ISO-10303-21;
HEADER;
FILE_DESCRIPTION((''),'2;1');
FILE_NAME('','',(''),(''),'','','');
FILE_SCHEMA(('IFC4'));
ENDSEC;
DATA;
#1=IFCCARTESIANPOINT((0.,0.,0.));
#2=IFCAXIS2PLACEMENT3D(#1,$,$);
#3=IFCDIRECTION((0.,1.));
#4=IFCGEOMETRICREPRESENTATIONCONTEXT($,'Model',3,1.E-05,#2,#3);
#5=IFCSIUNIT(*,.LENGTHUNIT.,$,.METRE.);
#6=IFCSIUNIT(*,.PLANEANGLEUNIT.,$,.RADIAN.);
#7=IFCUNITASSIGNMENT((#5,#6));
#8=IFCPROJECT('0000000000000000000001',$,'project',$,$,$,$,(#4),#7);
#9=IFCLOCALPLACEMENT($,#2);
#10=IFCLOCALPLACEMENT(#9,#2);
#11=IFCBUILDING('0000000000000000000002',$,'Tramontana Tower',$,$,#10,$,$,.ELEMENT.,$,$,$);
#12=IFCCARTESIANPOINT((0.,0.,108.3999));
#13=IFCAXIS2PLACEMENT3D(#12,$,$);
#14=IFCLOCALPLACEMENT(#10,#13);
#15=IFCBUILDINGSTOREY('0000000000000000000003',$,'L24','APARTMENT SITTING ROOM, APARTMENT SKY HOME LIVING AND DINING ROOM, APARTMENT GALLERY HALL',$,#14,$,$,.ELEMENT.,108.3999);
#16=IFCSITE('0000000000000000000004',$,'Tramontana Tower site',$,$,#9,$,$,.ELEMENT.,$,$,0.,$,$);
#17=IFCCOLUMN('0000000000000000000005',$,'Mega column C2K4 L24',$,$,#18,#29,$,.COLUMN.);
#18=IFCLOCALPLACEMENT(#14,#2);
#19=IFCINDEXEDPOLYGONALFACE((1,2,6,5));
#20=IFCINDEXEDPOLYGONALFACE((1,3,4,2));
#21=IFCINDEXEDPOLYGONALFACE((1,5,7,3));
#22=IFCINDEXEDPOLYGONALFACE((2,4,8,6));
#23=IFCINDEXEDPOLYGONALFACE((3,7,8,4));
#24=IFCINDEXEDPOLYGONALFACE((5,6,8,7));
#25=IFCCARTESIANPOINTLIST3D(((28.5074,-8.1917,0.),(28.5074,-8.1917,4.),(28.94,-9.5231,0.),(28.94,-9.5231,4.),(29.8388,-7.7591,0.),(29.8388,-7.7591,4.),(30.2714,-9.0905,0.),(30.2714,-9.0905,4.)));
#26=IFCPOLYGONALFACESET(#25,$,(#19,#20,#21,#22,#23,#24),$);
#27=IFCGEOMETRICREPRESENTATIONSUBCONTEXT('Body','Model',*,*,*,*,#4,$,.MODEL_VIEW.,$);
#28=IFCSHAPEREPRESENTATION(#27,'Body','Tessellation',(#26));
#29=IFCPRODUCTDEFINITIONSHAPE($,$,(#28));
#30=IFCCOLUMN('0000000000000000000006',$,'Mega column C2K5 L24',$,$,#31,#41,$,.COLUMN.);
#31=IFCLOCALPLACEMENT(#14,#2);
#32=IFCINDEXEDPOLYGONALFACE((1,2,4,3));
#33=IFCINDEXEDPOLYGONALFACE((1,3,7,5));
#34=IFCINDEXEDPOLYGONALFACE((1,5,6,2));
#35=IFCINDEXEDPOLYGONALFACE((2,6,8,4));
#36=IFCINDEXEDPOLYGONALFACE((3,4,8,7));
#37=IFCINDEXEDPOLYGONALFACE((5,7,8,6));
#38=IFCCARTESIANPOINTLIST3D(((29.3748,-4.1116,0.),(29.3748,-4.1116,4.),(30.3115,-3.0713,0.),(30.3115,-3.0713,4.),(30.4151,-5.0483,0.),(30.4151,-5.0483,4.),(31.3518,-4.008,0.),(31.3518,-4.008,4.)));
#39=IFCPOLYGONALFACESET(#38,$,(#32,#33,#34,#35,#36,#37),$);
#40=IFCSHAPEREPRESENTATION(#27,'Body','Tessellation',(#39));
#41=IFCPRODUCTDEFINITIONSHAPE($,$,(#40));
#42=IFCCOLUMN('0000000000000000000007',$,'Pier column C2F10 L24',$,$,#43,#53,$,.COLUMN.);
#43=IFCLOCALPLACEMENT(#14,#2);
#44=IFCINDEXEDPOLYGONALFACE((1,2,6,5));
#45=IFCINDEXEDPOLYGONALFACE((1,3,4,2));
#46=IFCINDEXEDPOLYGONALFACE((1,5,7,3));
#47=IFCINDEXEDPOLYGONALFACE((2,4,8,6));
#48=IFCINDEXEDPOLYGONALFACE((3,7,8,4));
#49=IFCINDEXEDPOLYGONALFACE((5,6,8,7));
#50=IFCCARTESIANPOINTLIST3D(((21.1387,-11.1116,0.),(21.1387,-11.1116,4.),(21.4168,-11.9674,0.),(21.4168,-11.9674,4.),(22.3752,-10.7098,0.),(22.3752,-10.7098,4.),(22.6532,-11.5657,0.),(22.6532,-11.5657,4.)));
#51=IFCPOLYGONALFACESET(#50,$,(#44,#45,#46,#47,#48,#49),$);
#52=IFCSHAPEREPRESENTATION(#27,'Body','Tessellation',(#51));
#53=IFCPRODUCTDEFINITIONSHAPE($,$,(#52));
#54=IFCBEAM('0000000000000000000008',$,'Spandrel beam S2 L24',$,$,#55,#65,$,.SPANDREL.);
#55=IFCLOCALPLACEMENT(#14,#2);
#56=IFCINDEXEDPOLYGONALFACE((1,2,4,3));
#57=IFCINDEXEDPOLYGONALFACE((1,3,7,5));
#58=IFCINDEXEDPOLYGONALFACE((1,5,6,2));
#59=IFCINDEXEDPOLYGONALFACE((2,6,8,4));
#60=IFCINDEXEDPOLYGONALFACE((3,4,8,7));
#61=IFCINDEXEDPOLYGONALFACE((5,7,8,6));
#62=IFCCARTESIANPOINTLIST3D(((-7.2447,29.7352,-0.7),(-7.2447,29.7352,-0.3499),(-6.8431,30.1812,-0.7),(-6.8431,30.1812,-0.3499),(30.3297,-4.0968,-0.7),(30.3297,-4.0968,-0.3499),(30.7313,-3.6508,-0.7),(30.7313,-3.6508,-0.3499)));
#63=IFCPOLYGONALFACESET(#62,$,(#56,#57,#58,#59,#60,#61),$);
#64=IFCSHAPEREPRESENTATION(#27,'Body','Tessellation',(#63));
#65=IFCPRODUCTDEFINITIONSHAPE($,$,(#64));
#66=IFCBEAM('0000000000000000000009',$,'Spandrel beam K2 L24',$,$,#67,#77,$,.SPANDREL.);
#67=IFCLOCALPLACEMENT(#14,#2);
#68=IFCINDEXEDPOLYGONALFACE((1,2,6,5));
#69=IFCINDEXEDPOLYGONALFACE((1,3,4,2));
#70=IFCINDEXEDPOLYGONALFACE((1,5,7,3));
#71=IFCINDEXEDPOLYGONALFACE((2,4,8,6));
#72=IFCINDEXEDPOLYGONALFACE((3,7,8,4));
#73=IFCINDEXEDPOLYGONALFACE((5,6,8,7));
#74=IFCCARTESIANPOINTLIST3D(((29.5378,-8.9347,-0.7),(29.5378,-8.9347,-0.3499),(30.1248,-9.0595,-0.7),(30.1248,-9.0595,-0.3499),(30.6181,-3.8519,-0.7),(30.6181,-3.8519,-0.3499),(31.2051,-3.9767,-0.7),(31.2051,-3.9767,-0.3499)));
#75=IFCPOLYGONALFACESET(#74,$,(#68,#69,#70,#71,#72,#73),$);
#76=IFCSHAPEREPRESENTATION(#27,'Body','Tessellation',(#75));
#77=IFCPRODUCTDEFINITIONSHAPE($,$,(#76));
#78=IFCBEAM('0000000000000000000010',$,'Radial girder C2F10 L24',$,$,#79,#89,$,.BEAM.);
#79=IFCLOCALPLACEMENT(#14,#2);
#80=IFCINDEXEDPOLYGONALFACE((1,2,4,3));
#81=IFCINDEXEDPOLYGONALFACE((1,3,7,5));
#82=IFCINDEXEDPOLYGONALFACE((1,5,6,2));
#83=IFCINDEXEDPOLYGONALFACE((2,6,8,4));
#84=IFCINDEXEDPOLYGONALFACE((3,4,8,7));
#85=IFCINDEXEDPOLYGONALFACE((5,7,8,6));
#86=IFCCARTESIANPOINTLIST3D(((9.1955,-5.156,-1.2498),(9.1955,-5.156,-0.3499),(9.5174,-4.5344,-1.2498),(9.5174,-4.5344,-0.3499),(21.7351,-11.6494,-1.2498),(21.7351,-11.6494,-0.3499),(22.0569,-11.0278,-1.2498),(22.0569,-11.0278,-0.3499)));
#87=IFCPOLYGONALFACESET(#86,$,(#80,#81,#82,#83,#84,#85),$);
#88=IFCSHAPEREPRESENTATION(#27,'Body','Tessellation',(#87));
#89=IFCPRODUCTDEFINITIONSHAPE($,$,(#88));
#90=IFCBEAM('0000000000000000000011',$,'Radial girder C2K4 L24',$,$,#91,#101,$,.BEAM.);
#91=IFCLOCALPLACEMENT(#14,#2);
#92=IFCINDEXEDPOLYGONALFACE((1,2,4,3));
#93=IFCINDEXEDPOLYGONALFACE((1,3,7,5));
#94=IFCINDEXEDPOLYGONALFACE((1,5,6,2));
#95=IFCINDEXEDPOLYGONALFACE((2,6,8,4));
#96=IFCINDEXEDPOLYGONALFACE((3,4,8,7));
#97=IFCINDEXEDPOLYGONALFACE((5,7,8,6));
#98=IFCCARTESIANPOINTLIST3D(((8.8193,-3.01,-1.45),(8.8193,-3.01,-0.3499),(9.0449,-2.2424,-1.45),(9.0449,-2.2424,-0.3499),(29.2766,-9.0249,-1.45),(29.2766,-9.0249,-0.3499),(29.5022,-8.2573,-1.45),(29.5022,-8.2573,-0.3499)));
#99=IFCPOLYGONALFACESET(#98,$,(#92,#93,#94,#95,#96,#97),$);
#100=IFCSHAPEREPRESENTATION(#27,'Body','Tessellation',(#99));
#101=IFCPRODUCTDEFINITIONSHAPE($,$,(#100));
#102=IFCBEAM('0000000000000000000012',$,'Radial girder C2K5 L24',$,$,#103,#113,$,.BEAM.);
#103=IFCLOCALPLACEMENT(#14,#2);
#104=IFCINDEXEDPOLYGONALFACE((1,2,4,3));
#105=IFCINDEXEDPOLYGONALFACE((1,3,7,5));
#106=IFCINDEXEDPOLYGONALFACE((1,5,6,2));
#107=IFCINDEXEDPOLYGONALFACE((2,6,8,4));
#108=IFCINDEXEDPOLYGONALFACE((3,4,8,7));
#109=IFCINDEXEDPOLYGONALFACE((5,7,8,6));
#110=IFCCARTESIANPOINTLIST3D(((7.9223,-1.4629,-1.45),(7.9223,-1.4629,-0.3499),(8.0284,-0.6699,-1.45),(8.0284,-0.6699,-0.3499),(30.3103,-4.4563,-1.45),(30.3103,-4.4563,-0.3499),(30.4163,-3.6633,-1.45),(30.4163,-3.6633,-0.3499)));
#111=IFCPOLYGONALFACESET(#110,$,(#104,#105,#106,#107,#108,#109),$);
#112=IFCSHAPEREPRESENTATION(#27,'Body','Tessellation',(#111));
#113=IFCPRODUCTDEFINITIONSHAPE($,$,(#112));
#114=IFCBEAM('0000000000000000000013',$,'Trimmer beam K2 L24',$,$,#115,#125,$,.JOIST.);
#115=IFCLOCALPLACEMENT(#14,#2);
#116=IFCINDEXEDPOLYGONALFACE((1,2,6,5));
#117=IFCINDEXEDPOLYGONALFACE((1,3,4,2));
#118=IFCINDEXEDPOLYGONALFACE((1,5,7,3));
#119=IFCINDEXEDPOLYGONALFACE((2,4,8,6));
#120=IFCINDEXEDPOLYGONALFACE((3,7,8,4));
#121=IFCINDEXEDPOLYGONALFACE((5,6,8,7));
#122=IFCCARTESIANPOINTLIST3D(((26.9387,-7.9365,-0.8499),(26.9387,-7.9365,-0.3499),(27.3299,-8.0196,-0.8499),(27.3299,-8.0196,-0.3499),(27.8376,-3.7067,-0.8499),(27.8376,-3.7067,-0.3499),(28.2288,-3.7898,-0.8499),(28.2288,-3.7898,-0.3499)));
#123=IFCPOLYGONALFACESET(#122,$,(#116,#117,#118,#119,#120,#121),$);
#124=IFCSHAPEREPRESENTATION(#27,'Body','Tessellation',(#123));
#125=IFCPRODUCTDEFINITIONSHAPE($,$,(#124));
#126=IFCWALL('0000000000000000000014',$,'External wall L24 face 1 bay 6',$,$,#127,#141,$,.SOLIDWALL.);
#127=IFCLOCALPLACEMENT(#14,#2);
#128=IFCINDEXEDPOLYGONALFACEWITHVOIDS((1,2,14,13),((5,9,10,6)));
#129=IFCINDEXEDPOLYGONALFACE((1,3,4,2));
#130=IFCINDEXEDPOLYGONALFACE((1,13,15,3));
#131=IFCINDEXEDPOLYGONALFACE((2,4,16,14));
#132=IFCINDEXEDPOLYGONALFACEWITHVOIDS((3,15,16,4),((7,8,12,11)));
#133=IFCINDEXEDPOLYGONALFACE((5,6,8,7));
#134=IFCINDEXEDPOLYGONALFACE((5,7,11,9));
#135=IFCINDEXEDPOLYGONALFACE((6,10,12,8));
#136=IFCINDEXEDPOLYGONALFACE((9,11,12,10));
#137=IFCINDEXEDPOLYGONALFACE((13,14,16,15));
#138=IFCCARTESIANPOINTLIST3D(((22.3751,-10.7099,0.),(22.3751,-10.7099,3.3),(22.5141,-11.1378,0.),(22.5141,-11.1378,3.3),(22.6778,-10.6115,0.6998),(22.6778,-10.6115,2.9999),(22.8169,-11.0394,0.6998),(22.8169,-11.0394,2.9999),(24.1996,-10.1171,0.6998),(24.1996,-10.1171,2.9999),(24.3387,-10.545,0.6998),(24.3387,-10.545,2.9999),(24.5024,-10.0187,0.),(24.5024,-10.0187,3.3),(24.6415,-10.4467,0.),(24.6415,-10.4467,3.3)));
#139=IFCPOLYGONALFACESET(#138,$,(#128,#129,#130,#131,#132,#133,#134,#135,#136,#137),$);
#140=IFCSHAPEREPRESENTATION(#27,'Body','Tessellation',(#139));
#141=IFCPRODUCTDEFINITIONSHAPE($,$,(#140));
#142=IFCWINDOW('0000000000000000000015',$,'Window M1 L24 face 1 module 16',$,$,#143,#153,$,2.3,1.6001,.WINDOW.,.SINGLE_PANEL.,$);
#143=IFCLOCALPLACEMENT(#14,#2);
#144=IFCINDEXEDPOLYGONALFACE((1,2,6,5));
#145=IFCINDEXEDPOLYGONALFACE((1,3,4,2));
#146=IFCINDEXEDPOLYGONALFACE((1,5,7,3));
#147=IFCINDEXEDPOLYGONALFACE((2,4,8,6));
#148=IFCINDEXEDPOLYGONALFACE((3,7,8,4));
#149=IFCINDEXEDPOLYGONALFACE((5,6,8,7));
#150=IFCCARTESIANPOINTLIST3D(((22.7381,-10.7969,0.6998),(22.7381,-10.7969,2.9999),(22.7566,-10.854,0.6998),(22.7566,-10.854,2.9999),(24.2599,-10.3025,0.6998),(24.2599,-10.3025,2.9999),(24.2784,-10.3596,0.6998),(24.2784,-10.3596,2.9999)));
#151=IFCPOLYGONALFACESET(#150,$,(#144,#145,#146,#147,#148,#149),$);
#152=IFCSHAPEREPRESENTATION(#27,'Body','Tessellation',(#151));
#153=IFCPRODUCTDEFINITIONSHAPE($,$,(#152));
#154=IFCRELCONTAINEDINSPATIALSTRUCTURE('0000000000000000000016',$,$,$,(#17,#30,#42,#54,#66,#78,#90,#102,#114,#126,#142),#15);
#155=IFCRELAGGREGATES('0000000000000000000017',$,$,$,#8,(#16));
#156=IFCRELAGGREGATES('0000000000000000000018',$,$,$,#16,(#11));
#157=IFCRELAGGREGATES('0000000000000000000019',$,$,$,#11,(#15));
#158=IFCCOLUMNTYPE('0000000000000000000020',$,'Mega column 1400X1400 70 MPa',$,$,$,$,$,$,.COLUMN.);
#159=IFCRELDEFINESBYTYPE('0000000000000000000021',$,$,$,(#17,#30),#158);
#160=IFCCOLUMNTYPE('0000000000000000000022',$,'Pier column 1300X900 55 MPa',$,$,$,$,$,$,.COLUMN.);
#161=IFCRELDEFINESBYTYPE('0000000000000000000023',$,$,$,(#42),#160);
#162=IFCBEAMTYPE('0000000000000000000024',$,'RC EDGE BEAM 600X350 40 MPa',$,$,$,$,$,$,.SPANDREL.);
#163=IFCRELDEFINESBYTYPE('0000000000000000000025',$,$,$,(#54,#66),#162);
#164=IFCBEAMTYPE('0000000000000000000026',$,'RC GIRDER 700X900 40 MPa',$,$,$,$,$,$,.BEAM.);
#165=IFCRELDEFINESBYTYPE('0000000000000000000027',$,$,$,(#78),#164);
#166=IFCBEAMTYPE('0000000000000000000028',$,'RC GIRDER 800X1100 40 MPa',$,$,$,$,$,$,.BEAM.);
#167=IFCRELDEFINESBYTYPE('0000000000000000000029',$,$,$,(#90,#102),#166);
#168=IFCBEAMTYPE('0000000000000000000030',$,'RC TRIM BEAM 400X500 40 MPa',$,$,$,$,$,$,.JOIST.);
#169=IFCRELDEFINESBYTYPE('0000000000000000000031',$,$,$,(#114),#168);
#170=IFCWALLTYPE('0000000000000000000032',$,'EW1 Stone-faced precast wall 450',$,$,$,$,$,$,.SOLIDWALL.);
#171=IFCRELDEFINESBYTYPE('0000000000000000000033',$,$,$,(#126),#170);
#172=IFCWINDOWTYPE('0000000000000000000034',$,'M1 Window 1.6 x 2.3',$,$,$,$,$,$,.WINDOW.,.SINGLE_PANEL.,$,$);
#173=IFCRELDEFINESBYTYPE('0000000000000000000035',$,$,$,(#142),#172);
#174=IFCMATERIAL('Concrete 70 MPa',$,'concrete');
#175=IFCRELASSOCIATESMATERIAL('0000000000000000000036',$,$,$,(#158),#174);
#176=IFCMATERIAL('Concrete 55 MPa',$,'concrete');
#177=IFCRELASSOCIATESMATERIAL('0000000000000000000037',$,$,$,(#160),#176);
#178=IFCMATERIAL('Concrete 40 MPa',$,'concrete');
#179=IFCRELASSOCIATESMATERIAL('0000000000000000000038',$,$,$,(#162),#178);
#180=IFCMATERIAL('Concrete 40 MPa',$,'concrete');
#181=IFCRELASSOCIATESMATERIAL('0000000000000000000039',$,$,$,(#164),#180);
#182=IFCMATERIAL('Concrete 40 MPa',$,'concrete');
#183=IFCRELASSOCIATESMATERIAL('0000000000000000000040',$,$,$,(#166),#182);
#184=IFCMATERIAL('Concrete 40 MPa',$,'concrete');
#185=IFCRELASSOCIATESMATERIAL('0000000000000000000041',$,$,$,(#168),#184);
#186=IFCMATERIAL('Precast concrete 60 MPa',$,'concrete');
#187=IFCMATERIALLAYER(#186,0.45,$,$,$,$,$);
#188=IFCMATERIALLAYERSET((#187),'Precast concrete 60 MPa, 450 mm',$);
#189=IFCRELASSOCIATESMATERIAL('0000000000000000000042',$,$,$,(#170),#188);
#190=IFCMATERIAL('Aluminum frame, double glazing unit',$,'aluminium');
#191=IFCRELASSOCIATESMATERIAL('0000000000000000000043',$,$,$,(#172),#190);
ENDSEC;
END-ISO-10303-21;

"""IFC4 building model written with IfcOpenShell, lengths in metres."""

from ifc_helpers import new_model, si_unit, direction, frame, frame_2d, origin, origin_2d, place, context, subcontext, project, spatial, rectangle, extrude, material, layer, layer_set, material_profile, profile_set, type_object, element, fill, save


model = new_model("IFC4")

# Units and contexts
model_context = context("Model", 3, precision=1e-05, world=origin(), true_north=direction((0.0, 1.0)))
body_context = subcontext(model_context, "Body", "Model", "MODEL_VIEW")
ifc_project = project(units=[si_unit("LENGTHUNIT", "METRE"), si_unit("PLANEANGLEUNIT", "RADIAN")], contexts=[model_context])

# Site, building, storey
site_placement = place(None, origin())
site = spatial("IfcSite", under=ifc_project, at=site_placement, Name="Tramontana Tower site", CompositionType="ELEMENT", RefElevation=0.0)
building_placement = place(site_placement, origin())
building = spatial("IfcBuilding", under=site, at=building_placement, Name="Tramontana Tower", CompositionType="ELEMENT")
storey_placement = place(building_placement, frame((0.0, 0.0, 108.3999)))
storey = spatial("IfcBuildingStorey", under=building, at=storey_placement, Name="L24", Description="APARTMENT SITTING ROOM, APARTMENT SKY HOME LIVING AND DINING ROOM, APARTMENT GALLERY HALL", CompositionType="ELEMENT", Elevation=108.3999)

# Columns
ifc_material_1 = material(Name="Concrete 70 MPa", Category="concrete")
ifc_material_profile_1 = material_profile(ifc_material_1, rectangle(XDim=1.3999, YDim=1.3999, at=origin_2d()), Name="Mega column 1400X1400 70 MPa")
ifc_profile_set_1 = profile_set([ifc_material_profile_1], Name="Concrete 70 MPa")
column_type_1 = type_object("IfcColumnType", Name="Mega column 1400X1400 70 MPa", PredefinedType="COLUMN", material=ifc_profile_set_1)
for number, where, z_axis, x_axis, name in (
    (1, (29.3894, -8.6411, 0.0), (0.0, 0.0, 1.0), (0.951057, 0.309017, 0.0), "Mega column C2K4 L24"),
    (2, (30.3633, -4.0598, 0.0), (0.0, 0.0, 1.0), (-0.743145, 0.669131, 0.0), "Mega column C2K5 L24"),
):
    element("IfcColumn", number, at=place(storey_placement, frame(where, z_axis=z_axis, x_axis=x_axis)), inside=storey, type_object=column_type_1, Name=name, PredefinedType="COLUMN", context=body_context, shape_type="SweptSolid", body=[
        extrude(rectangle(XDim=1.3999, YDim=1.3999, at=origin_2d()), origin(), (0.0, 0.0, 1.0), 4.0),
    ])
ifc_material_2 = material(Name="Concrete 55 MPa", Category="concrete")
ifc_material_profile_2 = material_profile(ifc_material_2, rectangle(XDim=1.3, YDim=0.8999, at=origin_2d()), Name="Pier column 1300X900 55 MPa")
ifc_profile_set_2 = profile_set([ifc_material_profile_2], Name="Concrete 55 MPa")
column_type_2 = type_object("IfcColumnType", Name="Pier column 1300X900 55 MPa", PredefinedType="COLUMN", material=ifc_profile_set_2)
column_placement = place(storey_placement, frame((21.896, -11.3386, 0.0), z_axis=(0.0, 0.0, 1.0), x_axis=(0.951057, 0.309017, 0.0)))
element("IfcColumn", 3, at=column_placement, inside=storey, type_object=column_type_2, Name="Pier column C2F10 L24", PredefinedType="COLUMN", context=body_context, shape_type="SweptSolid", body=[
    extrude(rectangle(XDim=1.3, YDim=0.8999, at=origin_2d()), origin(), (0.0, 0.0, 1.0), 4.0),
])

# Beams
ifc_material_3 = material(Name="Concrete 40 MPa", Category="concrete")
ifc_material_profile_3 = material_profile(ifc_material_3, rectangle(XDim=0.6001, YDim=0.3501, at=origin_2d()), Name="RC EDGE BEAM 600X350 40 MPa")
ifc_profile_set_3 = profile_set([ifc_material_profile_3], Name="Concrete 40 MPa")
beam_type_1 = type_object("IfcBeamType", Name="RC EDGE BEAM 600X350 40 MPa", PredefinedType="SPANDREL", material=ifc_profile_set_3)
beam_1_placement = place(storey_placement, frame((30.5305, -3.8738, -0.5249), z_axis=(-0.743146, 0.669129, 0.0), x_axis=(-0.669129, -0.743146, 0.0)))
element("IfcBeam", 4, at=beam_1_placement, inside=storey, type_object=beam_type_1, Name="Spandrel beam S2 L24", PredefinedType="SPANDREL", context=body_context, shape_type="SweptSolid", body=[
    extrude(rectangle(XDim=0.6001, YDim=0.3501, at=origin_2d()), origin(), (0.0, 0.0, 1.0), 50.5613),
])
beam_2_placement = place(storey_placement, frame((29.8313, -8.9971, -0.5249), z_axis=(0.207902, 0.97815, 0.0), x_axis=(-0.97815, 0.207902, 0.0)))
element("IfcBeam", 5, at=beam_2_placement, inside=storey, type_object=beam_type_1, Name="Spandrel beam K2 L24", PredefinedType="SPANDREL", context=body_context, shape_type="SweptSolid", body=[
    extrude(rectangle(XDim=0.6001, YDim=0.3501, at=origin_2d()), origin(), (0.0, 0.0, 1.0), 5.1963),
])
ifc_material_4 = material(Name="Concrete 40 MPa", Category="concrete")
ifc_material_profile_4 = material_profile(ifc_material_4, rectangle(XDim=0.7, YDim=0.8999, at=origin_2d()), Name="RC GIRDER 700X900 40 MPa")
ifc_profile_set_4 = profile_set([ifc_material_profile_4], Name="Concrete 40 MPa")
beam_type_2 = type_object("IfcBeamType", Name="RC GIRDER 700X900 40 MPa", PredefinedType="BEAM", material=ifc_profile_set_4)
beam_3_placement = place(storey_placement, frame((21.896, -11.3386, -0.7998), z_axis=(-0.888003, 0.459838, 0.0), x_axis=(-0.459838, -0.888003, 0.0)))
element("IfcBeam", 6, at=beam_3_placement, inside=storey, type_object=beam_type_2, Name="Radial girder C2F10 L24", PredefinedType="BEAM", context=body_context, shape_type="SweptSolid", body=[
    extrude(rectangle(XDim=0.7, YDim=0.8999, at=origin_2d()), origin(), (0.0, 0.0, 1.0), 14.1211),
])
ifc_material_5 = material(Name="Concrete 40 MPa", Category="concrete")
ifc_material_profile_5 = material_profile(ifc_material_5, rectangle(XDim=0.8, YDim=1.1001, at=origin_2d()), Name="RC GIRDER 800X1100 40 MPa")
ifc_profile_set_5 = profile_set([ifc_material_profile_5], Name="Concrete 40 MPa")
beam_type_3 = type_object("IfcBeamType", Name="RC GIRDER 800X1100 40 MPa", PredefinedType="BEAM", material=ifc_profile_set_5)
beam_4_placement = place(storey_placement, frame((29.3894, -8.6411, -0.8999), z_axis=(-0.95939, 0.282082, 0.0), x_axis=(-0.282082, -0.95939, 0.0)))
element("IfcBeam", 7, at=beam_4_placement, inside=storey, type_object=beam_type_3, Name="Radial girder C2K4 L24", PredefinedType="BEAM", context=body_context, shape_type="SweptSolid", body=[
    extrude(rectangle(XDim=0.8, YDim=1.1001, at=origin_2d()), origin(), (0.0, 0.0, 1.0), 21.3232),
])
beam_5_placement = place(storey_placement, frame((30.3633, -4.0598, -0.8999), z_axis=(-0.991179, 0.132527, 0.0), x_axis=(-0.132527, -0.991179, 0.0)))
element("IfcBeam", 8, at=beam_5_placement, inside=storey, type_object=beam_type_3, Name="Radial girder C2K5 L24", PredefinedType="BEAM", context=body_context, shape_type="SweptSolid", body=[
    extrude(rectangle(XDim=0.8, YDim=1.1001, at=origin_2d()), origin(), (0.0, 0.0, 1.0), 22.5872),
])
ifc_material_6 = material(Name="Concrete 40 MPa", Category="concrete")
ifc_material_profile_6 = material_profile(ifc_material_6, rectangle(XDim=0.3999, YDim=0.5, at=origin_2d()), Name="RC TRIM BEAM 400X500 40 MPa")
ifc_profile_set_6 = profile_set([ifc_material_profile_6], Name="Concrete 40 MPa")
beam_type_4 = type_object("IfcBeamType", Name="RC TRIM BEAM 400X500 40 MPa", PredefinedType="JOIST", material=ifc_profile_set_6)
beam_6_placement = place(storey_placement, frame((27.1343, -7.978, -0.5999), z_axis=(0.207882, 0.978154, 0.0), x_axis=(-0.978154, 0.207882, 0.0)))
element("IfcBeam", 9, at=beam_6_placement, inside=storey, type_object=beam_type_4, Name="Trimmer beam K2 L24", PredefinedType="JOIST", context=body_context, shape_type="SweptSolid", body=[
    extrude(rectangle(XDim=0.3999, YDim=0.5, at=origin_2d()), origin(), (0.0, 0.0, 1.0), 4.3242),
])

# Wall, opening, window
ifc_material_7 = material(Name="Precast concrete 60 MPa", Category="concrete")
ifc_layer_1 = layer(ifc_material_7, 0.45)
ifc_layer_set_1 = layer_set([ifc_layer_1], Name="Precast concrete 60 MPa, 450 mm")
wall_type_1 = type_object("IfcWallType", Name="EW1 Stone-faced precast wall 450", PredefinedType="SOLIDWALL", material=ifc_layer_set_1)
wall_1_placement = place(storey_placement, frame((22.4446, -10.9238, 0.0), z_axis=(0.0, 0.0, 1.0), x_axis=(0.951068, 0.308982, 0.0)))
wall_1 = element("IfcWall", 10, at=wall_1_placement, inside=storey, type_object=wall_type_1, Name="External wall L24 face 1 bay 6", PredefinedType="SOLIDWALL", context=body_context, shape_type="SweptSolid", body=[
    extrude(rectangle(XDim=2.2368, YDim=0.45, at=frame_2d((1.1184, 0.0))), origin(), (0.0, 0.0, 1.0), 3.3),
])
opening_1_placement = place(wall_1_placement, frame((0.3184, 0.0, 0.7)))
opening_1 = element("IfcOpeningElement", 11, at=opening_1_placement, cuts=wall_1, PredefinedType="OPENING", context=body_context, shape_type="SweptSolid", body=[
    extrude(rectangle(XDim=1.6001, YDim=2.3, at=frame_2d((0.8, 1.1499))), frame((0.0, 0.2349, 0.0), z_axis=(0.0, -1.0, 0.0), x_axis=(1.0, 0.0, 0.0)), (0.0, 0.0, 1.0), 0.47),
])
ifc_material_8 = material(Name="Aluminum frame, double glazing unit", Category="aluminium")
window_type_1 = type_object("IfcWindowType", Name="M1 Window 1.6 x 2.3", PartitioningType="SINGLE_PANEL", PredefinedType="WINDOW", material=ifc_material_8)
window_1_placement = place(opening_1_placement, origin())
window_1 = element("IfcWindow", 12, at=window_1_placement, inside=storey, type_object=window_type_1, Name="Window M1 L24 face 1 module 16", OverallHeight=2.3, OverallWidth=1.6001, PartitioningType="SINGLE_PANEL", PredefinedType="WINDOW", context=body_context, shape_type="SweptSolid", body=[
    extrude(rectangle(XDim=1.6001, YDim=2.3, at=frame_2d((0.8, 1.1499))), frame((0.0, 0.03, 0.0), z_axis=(0.0, -1.0, 0.0), x_axis=(1.0, 0.0, 0.0)), (0.0, 0.0, 1.0), 0.0601),
])
fill(opening_1, window_1)

save(model, "model.ifc")
